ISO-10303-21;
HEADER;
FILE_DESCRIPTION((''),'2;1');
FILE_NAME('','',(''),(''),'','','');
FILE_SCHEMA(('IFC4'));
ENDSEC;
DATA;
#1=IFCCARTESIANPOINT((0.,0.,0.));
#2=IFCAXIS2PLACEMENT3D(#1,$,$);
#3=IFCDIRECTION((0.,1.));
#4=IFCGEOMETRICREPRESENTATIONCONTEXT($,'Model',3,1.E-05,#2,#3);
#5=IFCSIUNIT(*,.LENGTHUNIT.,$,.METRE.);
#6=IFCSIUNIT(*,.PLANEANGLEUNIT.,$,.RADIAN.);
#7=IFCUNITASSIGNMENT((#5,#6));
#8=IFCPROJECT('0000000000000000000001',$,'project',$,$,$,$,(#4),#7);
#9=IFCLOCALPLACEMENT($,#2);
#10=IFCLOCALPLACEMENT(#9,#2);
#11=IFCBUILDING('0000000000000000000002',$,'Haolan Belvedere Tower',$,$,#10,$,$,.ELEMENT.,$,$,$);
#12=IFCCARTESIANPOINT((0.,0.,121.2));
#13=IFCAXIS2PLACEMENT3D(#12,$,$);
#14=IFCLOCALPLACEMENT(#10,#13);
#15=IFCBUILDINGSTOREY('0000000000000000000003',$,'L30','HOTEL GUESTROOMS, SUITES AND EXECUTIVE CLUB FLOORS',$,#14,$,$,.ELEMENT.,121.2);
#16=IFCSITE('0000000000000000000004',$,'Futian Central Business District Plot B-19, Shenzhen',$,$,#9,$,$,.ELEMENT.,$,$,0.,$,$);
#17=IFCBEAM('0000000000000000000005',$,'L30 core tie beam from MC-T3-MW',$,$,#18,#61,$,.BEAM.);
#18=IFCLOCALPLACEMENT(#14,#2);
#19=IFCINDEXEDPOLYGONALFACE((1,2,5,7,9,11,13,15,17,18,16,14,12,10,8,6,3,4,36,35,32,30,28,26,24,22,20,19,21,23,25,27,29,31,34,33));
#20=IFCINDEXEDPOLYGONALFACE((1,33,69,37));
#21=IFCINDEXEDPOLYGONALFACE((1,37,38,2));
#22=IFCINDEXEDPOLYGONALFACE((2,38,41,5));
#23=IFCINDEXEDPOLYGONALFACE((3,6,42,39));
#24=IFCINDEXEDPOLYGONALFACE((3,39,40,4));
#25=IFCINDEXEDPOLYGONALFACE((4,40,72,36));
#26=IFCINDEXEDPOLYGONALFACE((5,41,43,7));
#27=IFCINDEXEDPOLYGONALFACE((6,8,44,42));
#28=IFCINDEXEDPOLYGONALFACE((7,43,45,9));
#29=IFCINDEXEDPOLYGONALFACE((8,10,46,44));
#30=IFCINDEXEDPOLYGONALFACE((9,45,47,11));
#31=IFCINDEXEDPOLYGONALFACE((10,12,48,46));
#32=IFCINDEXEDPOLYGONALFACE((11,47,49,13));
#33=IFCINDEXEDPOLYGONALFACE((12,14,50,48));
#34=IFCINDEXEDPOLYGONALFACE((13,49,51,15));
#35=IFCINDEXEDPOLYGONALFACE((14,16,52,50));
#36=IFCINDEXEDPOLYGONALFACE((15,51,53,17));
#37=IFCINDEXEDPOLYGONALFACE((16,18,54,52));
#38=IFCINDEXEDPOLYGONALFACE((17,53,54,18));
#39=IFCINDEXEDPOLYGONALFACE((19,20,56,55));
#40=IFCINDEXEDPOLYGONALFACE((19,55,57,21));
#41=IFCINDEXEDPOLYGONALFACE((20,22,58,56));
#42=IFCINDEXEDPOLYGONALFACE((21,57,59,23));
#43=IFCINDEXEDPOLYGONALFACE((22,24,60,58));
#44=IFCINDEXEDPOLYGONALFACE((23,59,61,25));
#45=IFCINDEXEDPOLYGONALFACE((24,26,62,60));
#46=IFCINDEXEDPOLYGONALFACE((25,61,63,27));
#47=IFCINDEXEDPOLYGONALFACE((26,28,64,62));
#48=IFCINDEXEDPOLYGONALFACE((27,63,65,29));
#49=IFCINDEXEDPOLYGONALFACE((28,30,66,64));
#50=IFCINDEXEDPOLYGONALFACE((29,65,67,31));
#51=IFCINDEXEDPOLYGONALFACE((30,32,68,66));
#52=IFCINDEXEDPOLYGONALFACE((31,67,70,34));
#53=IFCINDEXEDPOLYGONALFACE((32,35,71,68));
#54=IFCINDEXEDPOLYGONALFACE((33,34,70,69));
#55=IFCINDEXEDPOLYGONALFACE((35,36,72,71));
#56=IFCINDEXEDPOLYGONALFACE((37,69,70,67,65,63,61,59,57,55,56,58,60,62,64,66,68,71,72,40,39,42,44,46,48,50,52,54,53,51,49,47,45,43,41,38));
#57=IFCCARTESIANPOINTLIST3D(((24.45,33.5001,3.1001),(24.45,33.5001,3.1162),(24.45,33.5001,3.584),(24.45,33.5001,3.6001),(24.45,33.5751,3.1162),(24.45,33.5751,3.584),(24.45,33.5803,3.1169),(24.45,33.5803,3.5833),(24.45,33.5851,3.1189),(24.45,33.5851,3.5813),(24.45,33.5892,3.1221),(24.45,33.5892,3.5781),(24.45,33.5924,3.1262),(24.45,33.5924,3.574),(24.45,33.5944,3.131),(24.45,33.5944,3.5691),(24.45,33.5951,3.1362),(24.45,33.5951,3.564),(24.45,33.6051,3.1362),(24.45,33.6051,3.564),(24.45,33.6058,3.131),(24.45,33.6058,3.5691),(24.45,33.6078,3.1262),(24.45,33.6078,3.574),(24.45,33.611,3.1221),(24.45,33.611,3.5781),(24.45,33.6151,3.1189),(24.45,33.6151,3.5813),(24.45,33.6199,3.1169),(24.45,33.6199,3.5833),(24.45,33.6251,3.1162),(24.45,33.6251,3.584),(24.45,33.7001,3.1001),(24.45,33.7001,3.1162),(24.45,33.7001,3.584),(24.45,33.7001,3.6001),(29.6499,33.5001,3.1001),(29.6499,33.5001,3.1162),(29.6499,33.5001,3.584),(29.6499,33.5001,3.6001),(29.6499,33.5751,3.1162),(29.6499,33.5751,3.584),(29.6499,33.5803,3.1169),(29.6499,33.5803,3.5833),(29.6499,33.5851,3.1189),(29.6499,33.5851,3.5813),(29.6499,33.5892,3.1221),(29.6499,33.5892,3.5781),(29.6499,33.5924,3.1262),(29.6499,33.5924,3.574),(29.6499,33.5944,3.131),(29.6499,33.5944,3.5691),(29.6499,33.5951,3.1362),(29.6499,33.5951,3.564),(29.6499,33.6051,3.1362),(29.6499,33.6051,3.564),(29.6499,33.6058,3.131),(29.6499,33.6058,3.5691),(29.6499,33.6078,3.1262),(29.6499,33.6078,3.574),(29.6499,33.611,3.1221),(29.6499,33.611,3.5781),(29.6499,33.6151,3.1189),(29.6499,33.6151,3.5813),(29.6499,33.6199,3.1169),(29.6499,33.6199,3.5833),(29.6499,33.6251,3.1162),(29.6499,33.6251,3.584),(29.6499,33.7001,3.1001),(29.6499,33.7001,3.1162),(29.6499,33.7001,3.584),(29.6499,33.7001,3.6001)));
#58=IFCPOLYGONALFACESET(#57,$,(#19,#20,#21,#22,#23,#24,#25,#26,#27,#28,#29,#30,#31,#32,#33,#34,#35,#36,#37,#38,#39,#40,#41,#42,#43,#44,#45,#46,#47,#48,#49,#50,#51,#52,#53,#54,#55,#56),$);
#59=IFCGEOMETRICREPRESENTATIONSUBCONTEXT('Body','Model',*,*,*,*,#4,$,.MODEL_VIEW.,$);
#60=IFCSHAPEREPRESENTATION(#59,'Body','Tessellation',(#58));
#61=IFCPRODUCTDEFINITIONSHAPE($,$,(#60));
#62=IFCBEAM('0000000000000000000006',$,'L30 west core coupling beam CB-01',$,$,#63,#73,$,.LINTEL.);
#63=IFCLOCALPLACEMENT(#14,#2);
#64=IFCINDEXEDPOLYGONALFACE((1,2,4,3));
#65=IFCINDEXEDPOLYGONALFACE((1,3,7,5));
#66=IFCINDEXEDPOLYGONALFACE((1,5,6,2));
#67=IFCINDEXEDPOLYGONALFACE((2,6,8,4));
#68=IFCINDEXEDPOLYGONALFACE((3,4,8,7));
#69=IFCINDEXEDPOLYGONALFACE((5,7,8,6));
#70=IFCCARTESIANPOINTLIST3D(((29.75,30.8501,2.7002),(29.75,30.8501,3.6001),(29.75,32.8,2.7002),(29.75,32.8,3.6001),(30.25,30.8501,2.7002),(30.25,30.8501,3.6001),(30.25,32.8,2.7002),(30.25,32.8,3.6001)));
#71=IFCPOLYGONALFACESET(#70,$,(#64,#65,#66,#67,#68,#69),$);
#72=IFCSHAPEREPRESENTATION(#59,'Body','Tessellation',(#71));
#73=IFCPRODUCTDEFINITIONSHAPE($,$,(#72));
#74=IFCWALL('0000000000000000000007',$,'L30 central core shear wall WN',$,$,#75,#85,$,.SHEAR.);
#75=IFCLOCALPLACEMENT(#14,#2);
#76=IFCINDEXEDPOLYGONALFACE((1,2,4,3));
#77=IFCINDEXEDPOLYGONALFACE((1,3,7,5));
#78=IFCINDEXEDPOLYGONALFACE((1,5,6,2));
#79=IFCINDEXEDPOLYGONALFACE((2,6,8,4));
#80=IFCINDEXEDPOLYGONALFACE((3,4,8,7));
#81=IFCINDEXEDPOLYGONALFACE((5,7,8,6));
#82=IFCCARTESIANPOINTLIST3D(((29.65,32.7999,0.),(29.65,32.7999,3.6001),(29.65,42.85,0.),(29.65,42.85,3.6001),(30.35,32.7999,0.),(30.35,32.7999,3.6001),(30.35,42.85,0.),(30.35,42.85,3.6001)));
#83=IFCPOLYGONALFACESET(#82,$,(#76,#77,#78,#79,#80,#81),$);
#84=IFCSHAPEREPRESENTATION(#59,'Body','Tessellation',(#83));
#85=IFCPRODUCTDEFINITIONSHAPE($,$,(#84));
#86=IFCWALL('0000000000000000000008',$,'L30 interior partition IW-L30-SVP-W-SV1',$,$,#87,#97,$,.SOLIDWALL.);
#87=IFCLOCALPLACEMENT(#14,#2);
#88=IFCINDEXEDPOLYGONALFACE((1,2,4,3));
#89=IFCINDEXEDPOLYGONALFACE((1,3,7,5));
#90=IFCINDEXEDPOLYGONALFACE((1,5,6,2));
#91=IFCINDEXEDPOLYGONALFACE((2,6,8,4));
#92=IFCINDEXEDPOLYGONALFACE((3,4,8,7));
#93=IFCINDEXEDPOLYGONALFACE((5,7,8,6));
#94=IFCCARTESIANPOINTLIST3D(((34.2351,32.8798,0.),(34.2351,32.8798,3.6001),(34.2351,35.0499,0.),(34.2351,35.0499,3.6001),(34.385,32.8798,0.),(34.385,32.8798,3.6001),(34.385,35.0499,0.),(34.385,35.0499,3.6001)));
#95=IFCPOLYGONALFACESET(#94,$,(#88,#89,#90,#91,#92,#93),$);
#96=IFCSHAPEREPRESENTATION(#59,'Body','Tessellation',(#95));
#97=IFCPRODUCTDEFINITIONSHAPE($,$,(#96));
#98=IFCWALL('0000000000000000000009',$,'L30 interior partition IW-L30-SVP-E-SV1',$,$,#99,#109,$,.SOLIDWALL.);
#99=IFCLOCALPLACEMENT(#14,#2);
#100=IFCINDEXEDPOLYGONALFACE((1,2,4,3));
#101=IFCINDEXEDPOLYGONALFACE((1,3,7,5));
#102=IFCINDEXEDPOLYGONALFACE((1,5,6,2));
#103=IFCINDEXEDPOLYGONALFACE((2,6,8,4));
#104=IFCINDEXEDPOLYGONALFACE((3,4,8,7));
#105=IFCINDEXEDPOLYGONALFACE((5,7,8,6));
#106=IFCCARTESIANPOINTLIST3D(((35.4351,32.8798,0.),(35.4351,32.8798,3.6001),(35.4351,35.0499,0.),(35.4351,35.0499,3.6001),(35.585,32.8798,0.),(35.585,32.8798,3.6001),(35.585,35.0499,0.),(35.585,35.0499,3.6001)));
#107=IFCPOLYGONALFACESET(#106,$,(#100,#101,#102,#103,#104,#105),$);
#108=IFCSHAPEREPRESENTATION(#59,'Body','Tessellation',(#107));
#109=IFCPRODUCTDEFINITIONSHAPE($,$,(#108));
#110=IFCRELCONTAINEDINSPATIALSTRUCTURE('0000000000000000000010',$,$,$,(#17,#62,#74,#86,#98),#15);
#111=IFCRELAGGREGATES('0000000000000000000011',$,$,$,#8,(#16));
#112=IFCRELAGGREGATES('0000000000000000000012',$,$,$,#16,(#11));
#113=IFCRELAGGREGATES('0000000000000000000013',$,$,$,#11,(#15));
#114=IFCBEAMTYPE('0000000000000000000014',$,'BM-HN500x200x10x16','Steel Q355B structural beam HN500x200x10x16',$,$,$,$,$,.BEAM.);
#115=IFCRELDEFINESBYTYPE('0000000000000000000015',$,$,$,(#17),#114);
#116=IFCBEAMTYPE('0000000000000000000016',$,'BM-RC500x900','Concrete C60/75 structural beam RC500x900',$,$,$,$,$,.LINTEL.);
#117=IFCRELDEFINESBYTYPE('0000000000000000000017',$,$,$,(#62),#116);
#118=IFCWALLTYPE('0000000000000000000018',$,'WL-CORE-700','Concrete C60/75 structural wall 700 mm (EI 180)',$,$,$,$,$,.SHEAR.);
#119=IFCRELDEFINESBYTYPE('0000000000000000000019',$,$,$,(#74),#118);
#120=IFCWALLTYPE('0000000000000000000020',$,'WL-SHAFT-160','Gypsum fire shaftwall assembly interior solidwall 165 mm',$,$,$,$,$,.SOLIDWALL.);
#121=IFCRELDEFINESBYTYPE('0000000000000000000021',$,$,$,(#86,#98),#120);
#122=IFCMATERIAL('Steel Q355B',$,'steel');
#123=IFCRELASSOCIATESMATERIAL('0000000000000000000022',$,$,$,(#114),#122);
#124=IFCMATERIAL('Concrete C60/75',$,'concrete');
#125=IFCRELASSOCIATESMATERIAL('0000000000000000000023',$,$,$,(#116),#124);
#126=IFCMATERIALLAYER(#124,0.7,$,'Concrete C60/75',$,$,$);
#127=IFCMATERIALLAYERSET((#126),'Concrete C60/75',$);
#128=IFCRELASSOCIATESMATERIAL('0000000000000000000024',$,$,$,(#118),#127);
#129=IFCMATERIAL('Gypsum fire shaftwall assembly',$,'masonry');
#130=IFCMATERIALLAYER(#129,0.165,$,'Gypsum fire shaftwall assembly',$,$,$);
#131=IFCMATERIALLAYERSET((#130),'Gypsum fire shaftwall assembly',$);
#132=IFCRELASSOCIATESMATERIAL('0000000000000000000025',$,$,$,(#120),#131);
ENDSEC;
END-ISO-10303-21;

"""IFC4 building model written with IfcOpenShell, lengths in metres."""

from ifc_helpers import new_model, si_unit, direction, frame, frame_2d, origin, origin_2d, place, context, subcontext, project, spatial, rectangle, i_section, extrude, material, layer, layer_set, material_profile, profile_set, type_object, element, save


model = new_model("IFC4")

# Units and contexts
model_context = context("Model", 3, precision=1e-05, world=origin(), true_north=direction((0.0, 1.0)))
body_context = subcontext(model_context, "Body", "Model", "MODEL_VIEW")
ifc_project = project(units=[si_unit("LENGTHUNIT", "METRE"), si_unit("PLANEANGLEUNIT", "RADIAN")], contexts=[model_context])

# Site, building, storey
site_placement = place(None, origin())
site = spatial("IfcSite", under=ifc_project, at=site_placement, Name="Futian Central Business District Plot B-19, Shenzhen", CompositionType="ELEMENT", RefElevation=0.0)
building_placement = place(site_placement, origin())
building = spatial("IfcBuilding", under=site, at=building_placement, Name="Haolan Belvedere Tower", CompositionType="ELEMENT")
storey_placement = place(building_placement, frame((0.0, 0.0, 121.2)))
storey = spatial("IfcBuildingStorey", under=building, at=storey_placement, Name="L30", Description="HOTEL GUESTROOMS, SUITES AND EXECUTIVE CLUB FLOORS", CompositionType="ELEMENT", Elevation=121.2)

# Beams
ifc_material_1 = material(Name="Steel Q355B", Category="steel")
ifc_material_profile_1 = material_profile(ifc_material_1, i_section(OverallWidth=0.2, OverallDepth=0.5, WebThickness=0.01, FlangeThickness=0.0161, FilletRadius=0.02, at=origin_2d()), Name="Steel Q355B")
ifc_profile_set_1 = profile_set([ifc_material_profile_1], Name="Steel Q355B")
beam_type_1 = type_object("IfcBeamType", Name="BM-HN500x200x10x16", Description="Steel Q355B structural beam HN500x200x10x16", PredefinedType="BEAM", material=ifc_profile_set_1)
beam_1_placement = place(storey_placement, frame((24.45, 33.6001, 3.3501), z_axis=(1.0, 0.0, 0.0), x_axis=(0.0, 1.0, 0.0)))
element("IfcBeam", 1, at=beam_1_placement, inside=storey, type_object=beam_type_1, Name="L30 core tie beam from MC-T3-MW", PredefinedType="BEAM", context=body_context, shape_type="SweptSolid", body=[
    extrude(i_section(OverallWidth=0.2, OverallDepth=0.5, WebThickness=0.01, FlangeThickness=0.0161, FilletRadius=0.02, at=origin_2d()), origin(), (0.0, 0.0, 1.0), 5.2),
])
ifc_material_2 = material(Name="Concrete C60/75", Category="concrete")
ifc_material_profile_2 = material_profile(ifc_material_2, rectangle(XDim=0.5, YDim=0.8999, at=origin_2d()), Name="Concrete C60/75")
ifc_profile_set_2 = profile_set([ifc_material_profile_2], Name="Concrete C60/75")
beam_type_2 = type_object("IfcBeamType", Name="BM-RC500x900", Description="Concrete C60/75 structural beam RC500x900", PredefinedType="LINTEL", material=ifc_profile_set_2)
beam_2_placement = place(storey_placement, frame((30.0, 30.8501, 3.1501), z_axis=(0.0, 1.0, 0.0), x_axis=(-1.0, 0.0, 0.0)))
element("IfcBeam", 2, at=beam_2_placement, inside=storey, type_object=beam_type_2, Name="L30 west core coupling beam CB-01", PredefinedType="LINTEL", context=body_context, shape_type="SweptSolid", body=[
    extrude(rectangle(XDim=0.5, YDim=0.8999, at=origin_2d()), origin(), (0.0, 0.0, 1.0), 1.95),
])

# Wall
ifc_layer_1 = layer(ifc_material_2, 0.7, Name="Concrete C60/75")
ifc_layer_set_1 = layer_set([ifc_layer_1], Name="Concrete C60/75")
wall_type_1 = type_object("IfcWallType", Name="WL-CORE-700", Description="Concrete C60/75 structural wall 700 mm (EI 180)", PredefinedType="SHEAR", material=ifc_layer_set_1)
wall_1_placement = place(storey_placement, frame((30.0, 32.8, 0.0), z_axis=(0.0, 0.0, 1.0), x_axis=(0.0, 1.0, 0.0)))
element("IfcWall", 3, at=wall_1_placement, inside=storey, type_object=wall_type_1, Name="L30 central core shear wall WN", PredefinedType="SHEAR", context=body_context, shape_type="SweptSolid", body=[
    extrude(rectangle(XDim=10.05, YDim=0.7, at=frame_2d((5.0249, 0.0))), origin(), (0.0, 0.0, 1.0), 3.6001),
])

# Walls
ifc_material_3 = material(Name="Gypsum fire shaftwall assembly", Category="masonry")
ifc_layer_2 = layer(ifc_material_3, 0.165, Name="Gypsum fire shaftwall assembly")
ifc_layer_set_2 = layer_set([ifc_layer_2], Name="Gypsum fire shaftwall assembly")
wall_type_2 = type_object("IfcWallType", Name="WL-SHAFT-160", Description="Gypsum fire shaftwall assembly interior solidwall 165 mm", PredefinedType="SOLIDWALL", material=ifc_layer_set_2)
for number, where, z_axis, x_axis, name in (
    (4, (34.3101, 32.8799, 0.0), (0.0, 0.0, 1.0), (0.0, 1.0, 0.0), "L30 interior partition IW-L30-SVP-W-SV1"),
    (5, (35.51, 32.8799, 0.0), (0.0, 0.0, 1.0), (0.0, 1.0, 0.0), "L30 interior partition IW-L30-SVP-E-SV1"),
):
    element("IfcWall", number, at=place(storey_placement, frame(where, z_axis=z_axis, x_axis=x_axis)), inside=storey, type_object=wall_type_2, Name=name, PredefinedType="SOLIDWALL", context=body_context, shape_type="SweptSolid", body=[
        extrude(rectangle(XDim=2.1702, YDim=0.1499, at=frame_2d((1.085, 0.0))), origin(), (0.0, 0.0, 1.0), 3.6001),
    ])

save(model, "model.ifc")
